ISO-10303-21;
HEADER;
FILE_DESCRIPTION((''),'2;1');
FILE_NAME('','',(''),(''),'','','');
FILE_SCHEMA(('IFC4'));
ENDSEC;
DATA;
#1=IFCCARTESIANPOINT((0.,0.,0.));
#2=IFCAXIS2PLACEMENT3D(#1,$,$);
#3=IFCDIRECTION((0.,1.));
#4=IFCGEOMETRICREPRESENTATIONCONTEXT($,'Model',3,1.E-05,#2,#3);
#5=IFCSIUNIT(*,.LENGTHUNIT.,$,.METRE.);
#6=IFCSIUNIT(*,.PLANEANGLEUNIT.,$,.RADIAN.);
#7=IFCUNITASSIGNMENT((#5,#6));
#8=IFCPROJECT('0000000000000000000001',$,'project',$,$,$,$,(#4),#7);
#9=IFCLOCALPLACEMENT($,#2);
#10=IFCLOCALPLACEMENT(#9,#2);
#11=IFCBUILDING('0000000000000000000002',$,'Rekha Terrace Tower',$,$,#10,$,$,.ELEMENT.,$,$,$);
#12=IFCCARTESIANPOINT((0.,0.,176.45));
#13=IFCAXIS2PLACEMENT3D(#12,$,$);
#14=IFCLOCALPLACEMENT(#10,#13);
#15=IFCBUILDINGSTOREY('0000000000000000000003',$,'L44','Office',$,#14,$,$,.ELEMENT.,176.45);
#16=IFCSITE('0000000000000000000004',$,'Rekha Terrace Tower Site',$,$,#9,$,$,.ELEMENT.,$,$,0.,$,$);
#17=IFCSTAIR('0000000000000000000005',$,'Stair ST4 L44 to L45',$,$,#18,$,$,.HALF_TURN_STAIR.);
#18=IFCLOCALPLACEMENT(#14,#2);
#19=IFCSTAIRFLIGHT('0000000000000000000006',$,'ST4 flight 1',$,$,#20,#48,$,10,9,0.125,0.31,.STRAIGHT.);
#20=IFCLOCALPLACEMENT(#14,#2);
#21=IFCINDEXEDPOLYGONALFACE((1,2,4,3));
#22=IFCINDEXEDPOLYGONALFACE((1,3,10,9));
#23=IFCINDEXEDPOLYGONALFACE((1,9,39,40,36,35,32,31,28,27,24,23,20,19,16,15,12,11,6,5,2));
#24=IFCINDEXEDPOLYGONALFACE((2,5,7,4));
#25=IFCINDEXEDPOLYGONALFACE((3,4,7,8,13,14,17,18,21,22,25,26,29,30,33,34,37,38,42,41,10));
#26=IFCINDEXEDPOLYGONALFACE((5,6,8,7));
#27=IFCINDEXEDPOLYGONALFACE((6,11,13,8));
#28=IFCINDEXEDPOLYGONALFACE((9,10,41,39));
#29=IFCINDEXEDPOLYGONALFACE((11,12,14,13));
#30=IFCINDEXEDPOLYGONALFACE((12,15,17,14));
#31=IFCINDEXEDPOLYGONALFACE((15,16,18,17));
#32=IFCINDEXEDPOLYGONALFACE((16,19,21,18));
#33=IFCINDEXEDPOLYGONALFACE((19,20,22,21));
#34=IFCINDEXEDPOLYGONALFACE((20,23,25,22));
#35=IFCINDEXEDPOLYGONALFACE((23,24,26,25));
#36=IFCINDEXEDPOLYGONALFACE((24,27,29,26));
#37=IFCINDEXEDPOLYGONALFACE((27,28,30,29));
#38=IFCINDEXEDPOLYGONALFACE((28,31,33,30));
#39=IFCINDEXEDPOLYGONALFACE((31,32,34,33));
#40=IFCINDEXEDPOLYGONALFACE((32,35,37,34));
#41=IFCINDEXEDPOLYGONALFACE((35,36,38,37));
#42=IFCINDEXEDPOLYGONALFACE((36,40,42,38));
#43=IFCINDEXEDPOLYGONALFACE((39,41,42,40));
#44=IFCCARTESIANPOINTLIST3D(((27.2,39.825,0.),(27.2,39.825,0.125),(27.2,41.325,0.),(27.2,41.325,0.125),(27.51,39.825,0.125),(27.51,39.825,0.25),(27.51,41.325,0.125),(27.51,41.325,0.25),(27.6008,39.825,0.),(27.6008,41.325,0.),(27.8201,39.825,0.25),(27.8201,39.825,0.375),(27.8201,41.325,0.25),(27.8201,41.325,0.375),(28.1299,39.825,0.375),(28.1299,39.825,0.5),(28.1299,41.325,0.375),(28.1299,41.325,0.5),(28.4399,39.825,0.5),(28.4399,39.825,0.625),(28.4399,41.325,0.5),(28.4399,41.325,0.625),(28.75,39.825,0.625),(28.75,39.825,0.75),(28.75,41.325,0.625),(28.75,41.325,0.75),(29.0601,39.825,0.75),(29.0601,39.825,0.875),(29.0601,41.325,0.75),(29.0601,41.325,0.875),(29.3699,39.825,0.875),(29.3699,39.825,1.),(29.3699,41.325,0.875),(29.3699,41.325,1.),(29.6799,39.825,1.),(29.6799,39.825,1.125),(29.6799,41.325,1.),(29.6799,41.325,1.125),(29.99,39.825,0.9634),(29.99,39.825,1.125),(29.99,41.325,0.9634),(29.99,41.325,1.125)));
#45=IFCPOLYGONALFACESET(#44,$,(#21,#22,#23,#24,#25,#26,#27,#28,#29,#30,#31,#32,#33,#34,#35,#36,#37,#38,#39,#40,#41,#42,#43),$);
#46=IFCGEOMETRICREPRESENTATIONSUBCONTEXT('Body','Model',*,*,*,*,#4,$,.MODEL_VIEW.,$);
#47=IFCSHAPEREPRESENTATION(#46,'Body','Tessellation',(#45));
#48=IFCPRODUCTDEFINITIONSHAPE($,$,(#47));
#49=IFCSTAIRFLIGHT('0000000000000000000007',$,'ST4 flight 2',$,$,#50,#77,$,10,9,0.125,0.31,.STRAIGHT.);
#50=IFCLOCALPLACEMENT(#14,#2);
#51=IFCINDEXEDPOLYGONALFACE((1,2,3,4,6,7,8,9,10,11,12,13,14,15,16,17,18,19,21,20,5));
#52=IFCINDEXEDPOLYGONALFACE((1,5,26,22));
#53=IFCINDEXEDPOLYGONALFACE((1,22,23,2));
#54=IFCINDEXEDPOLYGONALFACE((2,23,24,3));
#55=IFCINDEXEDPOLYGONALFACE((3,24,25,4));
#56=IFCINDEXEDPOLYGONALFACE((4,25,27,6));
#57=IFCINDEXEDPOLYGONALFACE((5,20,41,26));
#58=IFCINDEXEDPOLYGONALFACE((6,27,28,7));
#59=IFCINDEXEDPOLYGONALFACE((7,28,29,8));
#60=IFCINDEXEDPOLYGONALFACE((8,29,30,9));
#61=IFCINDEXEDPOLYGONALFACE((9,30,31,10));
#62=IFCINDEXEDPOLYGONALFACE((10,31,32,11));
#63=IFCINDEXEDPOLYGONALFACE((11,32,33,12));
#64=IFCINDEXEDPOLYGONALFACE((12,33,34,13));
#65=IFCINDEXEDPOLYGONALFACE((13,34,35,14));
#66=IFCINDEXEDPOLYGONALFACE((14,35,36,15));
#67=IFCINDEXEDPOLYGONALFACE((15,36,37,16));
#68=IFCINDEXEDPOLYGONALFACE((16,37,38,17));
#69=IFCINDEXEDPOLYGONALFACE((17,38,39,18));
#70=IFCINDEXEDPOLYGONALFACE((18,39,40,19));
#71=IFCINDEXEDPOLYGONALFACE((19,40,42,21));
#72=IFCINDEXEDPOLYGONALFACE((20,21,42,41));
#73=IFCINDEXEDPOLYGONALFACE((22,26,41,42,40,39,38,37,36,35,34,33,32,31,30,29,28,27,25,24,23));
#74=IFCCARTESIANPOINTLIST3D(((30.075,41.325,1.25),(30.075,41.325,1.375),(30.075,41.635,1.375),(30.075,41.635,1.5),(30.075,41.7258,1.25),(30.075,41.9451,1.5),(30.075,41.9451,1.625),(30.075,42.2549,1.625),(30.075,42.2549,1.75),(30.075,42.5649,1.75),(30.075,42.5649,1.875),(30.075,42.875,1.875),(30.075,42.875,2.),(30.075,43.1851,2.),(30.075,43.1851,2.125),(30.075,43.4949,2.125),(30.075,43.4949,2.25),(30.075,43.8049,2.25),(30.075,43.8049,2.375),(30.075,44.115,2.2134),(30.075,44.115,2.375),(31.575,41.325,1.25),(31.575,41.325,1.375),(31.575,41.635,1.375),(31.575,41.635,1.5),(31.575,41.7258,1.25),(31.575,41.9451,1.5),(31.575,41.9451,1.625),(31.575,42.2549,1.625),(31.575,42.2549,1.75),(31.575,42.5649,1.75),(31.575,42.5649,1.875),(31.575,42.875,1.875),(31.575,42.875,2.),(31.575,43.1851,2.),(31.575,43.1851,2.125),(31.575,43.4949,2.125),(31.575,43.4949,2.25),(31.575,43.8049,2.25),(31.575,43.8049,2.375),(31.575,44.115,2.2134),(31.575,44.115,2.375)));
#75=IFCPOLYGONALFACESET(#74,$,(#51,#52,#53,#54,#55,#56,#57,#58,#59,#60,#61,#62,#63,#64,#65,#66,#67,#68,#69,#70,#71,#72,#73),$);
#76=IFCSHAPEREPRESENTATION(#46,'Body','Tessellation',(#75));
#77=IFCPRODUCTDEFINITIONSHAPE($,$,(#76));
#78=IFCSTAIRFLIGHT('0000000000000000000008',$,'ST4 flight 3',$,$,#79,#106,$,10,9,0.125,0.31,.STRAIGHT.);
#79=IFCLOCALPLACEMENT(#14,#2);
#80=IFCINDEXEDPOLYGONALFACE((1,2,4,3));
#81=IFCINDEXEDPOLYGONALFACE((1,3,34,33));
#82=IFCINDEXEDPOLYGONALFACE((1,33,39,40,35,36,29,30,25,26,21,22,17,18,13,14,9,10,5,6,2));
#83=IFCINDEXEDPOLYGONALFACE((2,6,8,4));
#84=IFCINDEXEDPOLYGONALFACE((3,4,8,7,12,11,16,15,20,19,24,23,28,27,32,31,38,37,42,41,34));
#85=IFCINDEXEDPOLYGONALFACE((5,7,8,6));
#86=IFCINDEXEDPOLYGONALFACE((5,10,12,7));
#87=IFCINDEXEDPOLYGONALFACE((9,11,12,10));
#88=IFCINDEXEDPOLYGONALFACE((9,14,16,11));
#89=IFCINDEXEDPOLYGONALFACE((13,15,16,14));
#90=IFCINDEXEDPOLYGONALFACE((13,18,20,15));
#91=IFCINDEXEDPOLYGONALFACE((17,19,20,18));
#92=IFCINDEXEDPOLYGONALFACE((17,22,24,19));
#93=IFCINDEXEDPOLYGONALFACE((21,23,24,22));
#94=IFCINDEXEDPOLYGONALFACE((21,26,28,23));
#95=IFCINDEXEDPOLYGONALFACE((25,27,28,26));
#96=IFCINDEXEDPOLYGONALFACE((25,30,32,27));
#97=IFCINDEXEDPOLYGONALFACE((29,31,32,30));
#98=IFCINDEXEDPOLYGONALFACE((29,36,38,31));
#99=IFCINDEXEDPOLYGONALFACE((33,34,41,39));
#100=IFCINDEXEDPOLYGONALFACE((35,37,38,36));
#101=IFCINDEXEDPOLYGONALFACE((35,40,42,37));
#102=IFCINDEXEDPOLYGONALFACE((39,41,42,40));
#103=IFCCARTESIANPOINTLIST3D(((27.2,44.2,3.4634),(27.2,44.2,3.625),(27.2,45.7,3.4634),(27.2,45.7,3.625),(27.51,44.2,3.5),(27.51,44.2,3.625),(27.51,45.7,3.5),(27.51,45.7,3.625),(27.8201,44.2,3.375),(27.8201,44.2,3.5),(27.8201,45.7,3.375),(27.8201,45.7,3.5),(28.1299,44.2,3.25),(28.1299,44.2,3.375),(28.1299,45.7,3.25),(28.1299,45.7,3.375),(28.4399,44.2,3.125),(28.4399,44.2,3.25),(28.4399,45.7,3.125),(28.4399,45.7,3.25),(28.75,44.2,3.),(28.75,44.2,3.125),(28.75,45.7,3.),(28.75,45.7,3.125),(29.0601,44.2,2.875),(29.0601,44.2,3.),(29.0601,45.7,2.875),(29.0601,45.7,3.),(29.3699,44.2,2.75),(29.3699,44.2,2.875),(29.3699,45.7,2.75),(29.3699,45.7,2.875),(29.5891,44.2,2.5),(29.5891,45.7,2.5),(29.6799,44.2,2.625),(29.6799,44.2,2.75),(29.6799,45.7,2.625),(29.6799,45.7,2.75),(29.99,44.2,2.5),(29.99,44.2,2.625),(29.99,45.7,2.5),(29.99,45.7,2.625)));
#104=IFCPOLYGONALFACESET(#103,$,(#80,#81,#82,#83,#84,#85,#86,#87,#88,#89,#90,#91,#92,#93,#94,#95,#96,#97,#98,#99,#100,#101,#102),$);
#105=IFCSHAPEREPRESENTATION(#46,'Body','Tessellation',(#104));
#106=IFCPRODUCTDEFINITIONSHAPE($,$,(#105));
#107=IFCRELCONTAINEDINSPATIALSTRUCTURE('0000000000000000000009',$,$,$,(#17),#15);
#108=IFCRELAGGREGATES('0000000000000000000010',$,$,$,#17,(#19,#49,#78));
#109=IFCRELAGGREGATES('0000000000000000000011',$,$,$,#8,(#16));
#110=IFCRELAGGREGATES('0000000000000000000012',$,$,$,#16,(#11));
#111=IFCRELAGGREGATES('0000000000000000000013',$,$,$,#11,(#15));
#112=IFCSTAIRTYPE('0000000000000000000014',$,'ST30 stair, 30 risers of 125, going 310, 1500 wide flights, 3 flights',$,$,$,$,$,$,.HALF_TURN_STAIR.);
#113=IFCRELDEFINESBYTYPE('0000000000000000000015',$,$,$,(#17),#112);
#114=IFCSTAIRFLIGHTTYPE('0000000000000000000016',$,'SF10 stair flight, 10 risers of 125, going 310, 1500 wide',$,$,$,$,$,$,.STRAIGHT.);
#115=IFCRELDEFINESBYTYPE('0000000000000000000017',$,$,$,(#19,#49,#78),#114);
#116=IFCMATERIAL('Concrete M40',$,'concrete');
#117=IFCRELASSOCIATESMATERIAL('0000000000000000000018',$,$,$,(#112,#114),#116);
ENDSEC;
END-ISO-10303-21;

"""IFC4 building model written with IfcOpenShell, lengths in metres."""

from ifc_helpers import new_model, si_unit, direction, frame, origin, place, context, subcontext, project, spatial, polyline, outline, extrude, material, type_object, element, aggregate, save


model = new_model("IFC4")

# Units and contexts
model_context = context("Model", 3, precision=1e-05, world=origin(), true_north=direction((0.0, 1.0)))
body_context = subcontext(model_context, "Body", "Model", "MODEL_VIEW")
ifc_project = project(units=[si_unit("LENGTHUNIT", "METRE"), si_unit("PLANEANGLEUNIT", "RADIAN")], contexts=[model_context])

# Site, building, storey
site_placement = place(None, origin())
site = spatial("IfcSite", under=ifc_project, at=site_placement, Name="Rekha Terrace Tower Site", CompositionType="ELEMENT", RefElevation=0.0)
building_placement = place(site_placement, origin())
building = spatial("IfcBuilding", under=site, at=building_placement, Name="Rekha Terrace Tower", CompositionType="ELEMENT")
storey_placement = place(building_placement, frame((0.0, 0.0, 176.45)))
storey = spatial("IfcBuildingStorey", under=building, at=storey_placement, Name="L44", Description="Office", CompositionType="ELEMENT", Elevation=176.45)

# Stair, stair flights
ifc_material_1 = material(Name="Concrete M40", Category="concrete")
stair_type = type_object("IfcStairType", Name="ST30 stair, 30 risers of 125, going 310, 1500 wide flights, 3 flights", PredefinedType="HALF_TURN_STAIR", material=ifc_material_1)
stair_placement = place(storey_placement, origin())
stair = element("IfcStair", 1, at=stair_placement, inside=storey, type_object=stair_type, Name="Stair ST4 L44 to L45", PredefinedType="HALF_TURN_STAIR")
stair_flight_type = type_object("IfcStairFlightType", Name="SF10 stair flight, 10 risers of 125, going 310, 1500 wide", PredefinedType="STRAIGHT", material=ifc_material_1)
stair_flight_1_placement = place(storey_placement, frame((27.2, 40.575, 0.0), z_axis=(0.0, 0.0, 1.0), x_axis=(1.0, 0.0, 0.0)))
stair_flight_1 = element("IfcStairFlight", 2, at=stair_flight_1_placement, type_object=stair_flight_type, Name="ST4 flight 1", NumberOfRisers=10, NumberOfTreads=9, PredefinedType="STRAIGHT", RiserHeight=0.125, TreadLength=0.31, context=body_context, shape_type="SweptSolid", body=[
    extrude(outline(polyline([(0.0, 0.0), (0.0, 0.125), (0.3101, 0.125), (0.3101, 0.25), (0.6201, 0.25), (0.6201, 0.375), (0.9299, 0.375), (0.9299, 0.5), (1.24, 0.5), (1.24, 0.625), (1.55, 0.625), (1.55, 0.75), (1.8601, 0.75), (1.8601, 0.875), (2.1699, 0.875), (2.1699, 1.0), (2.48, 1.0), (2.48, 1.125), (2.79, 1.125), (2.79, 1.25), (2.79, 0.9634), (0.4009, 0.0), (0.0, 0.0)])), frame((0.0, 0.75, 0.0), z_axis=(0.0, -1.0, 0.0), x_axis=(1.0, 0.0, 0.0)), (0.0, 0.0, 1.0), 1.5),
])
stair_flight_2_placement = place(storey_placement, frame((30.825, 41.325, 1.25), z_axis=(0.0, 0.0, 1.0), x_axis=(0.0, 1.0, 0.0)))
stair_flight_2 = element("IfcStairFlight", 3, at=stair_flight_2_placement, type_object=stair_flight_type, Name="ST4 flight 2", NumberOfRisers=10, NumberOfTreads=9, PredefinedType="STRAIGHT", RiserHeight=0.125, TreadLength=0.31, context=body_context, shape_type="SweptSolid", body=[
    extrude(outline(polyline([(0.0, 0.0), (0.0, 0.125), (0.3101, 0.125), (0.3101, 0.25), (0.6201, 0.25), (0.6201, 0.375), (0.9299, 0.375), (0.9299, 0.5), (1.24, 0.5), (1.24, 0.625), (1.55, 0.625), (1.55, 0.75), (1.8601, 0.75), (1.8601, 0.875), (2.1699, 0.875), (2.1699, 1.0), (2.48, 1.0), (2.48, 1.125), (2.79, 1.125), (2.79, 1.25), (2.79, 0.9634), (0.4009, 0.0), (0.0, 0.0)])), frame((0.0, 0.75, 0.0), z_axis=(0.0, -1.0, 0.0), x_axis=(1.0, 0.0, 0.0)), (0.0, 0.0, 1.0), 1.5),
])
stair_flight_3_placement = place(storey_placement, frame((29.99, 44.95, 2.5), z_axis=(0.0, 0.0, 1.0), x_axis=(-1.0, 0.0, 0.0)))
stair_flight_3 = element("IfcStairFlight", 4, at=stair_flight_3_placement, type_object=stair_flight_type, Name="ST4 flight 3", NumberOfRisers=10, NumberOfTreads=9, PredefinedType="STRAIGHT", RiserHeight=0.125, TreadLength=0.31, context=body_context, shape_type="SweptSolid", body=[
    extrude(outline(polyline([(0.0, 0.0), (0.0, 0.125), (0.3101, 0.125), (0.3101, 0.25), (0.6201, 0.25), (0.6201, 0.375), (0.9299, 0.375), (0.9299, 0.5), (1.24, 0.5), (1.24, 0.625), (1.55, 0.625), (1.55, 0.75), (1.8601, 0.75), (1.8601, 0.875), (2.1699, 0.875), (2.1699, 1.0), (2.48, 1.0), (2.48, 1.125), (2.79, 1.125), (2.79, 1.25), (2.79, 0.9634), (0.4009, 0.0), (0.0, 0.0)])), frame((0.0, 0.75, 0.0), z_axis=(0.0, -1.0, 0.0), x_axis=(1.0, 0.0, 0.0)), (0.0, 0.0, 1.0), 1.5),
])
aggregate(stair, [stair_flight_1, stair_flight_2, stair_flight_3])

save(model, "model.ifc")
